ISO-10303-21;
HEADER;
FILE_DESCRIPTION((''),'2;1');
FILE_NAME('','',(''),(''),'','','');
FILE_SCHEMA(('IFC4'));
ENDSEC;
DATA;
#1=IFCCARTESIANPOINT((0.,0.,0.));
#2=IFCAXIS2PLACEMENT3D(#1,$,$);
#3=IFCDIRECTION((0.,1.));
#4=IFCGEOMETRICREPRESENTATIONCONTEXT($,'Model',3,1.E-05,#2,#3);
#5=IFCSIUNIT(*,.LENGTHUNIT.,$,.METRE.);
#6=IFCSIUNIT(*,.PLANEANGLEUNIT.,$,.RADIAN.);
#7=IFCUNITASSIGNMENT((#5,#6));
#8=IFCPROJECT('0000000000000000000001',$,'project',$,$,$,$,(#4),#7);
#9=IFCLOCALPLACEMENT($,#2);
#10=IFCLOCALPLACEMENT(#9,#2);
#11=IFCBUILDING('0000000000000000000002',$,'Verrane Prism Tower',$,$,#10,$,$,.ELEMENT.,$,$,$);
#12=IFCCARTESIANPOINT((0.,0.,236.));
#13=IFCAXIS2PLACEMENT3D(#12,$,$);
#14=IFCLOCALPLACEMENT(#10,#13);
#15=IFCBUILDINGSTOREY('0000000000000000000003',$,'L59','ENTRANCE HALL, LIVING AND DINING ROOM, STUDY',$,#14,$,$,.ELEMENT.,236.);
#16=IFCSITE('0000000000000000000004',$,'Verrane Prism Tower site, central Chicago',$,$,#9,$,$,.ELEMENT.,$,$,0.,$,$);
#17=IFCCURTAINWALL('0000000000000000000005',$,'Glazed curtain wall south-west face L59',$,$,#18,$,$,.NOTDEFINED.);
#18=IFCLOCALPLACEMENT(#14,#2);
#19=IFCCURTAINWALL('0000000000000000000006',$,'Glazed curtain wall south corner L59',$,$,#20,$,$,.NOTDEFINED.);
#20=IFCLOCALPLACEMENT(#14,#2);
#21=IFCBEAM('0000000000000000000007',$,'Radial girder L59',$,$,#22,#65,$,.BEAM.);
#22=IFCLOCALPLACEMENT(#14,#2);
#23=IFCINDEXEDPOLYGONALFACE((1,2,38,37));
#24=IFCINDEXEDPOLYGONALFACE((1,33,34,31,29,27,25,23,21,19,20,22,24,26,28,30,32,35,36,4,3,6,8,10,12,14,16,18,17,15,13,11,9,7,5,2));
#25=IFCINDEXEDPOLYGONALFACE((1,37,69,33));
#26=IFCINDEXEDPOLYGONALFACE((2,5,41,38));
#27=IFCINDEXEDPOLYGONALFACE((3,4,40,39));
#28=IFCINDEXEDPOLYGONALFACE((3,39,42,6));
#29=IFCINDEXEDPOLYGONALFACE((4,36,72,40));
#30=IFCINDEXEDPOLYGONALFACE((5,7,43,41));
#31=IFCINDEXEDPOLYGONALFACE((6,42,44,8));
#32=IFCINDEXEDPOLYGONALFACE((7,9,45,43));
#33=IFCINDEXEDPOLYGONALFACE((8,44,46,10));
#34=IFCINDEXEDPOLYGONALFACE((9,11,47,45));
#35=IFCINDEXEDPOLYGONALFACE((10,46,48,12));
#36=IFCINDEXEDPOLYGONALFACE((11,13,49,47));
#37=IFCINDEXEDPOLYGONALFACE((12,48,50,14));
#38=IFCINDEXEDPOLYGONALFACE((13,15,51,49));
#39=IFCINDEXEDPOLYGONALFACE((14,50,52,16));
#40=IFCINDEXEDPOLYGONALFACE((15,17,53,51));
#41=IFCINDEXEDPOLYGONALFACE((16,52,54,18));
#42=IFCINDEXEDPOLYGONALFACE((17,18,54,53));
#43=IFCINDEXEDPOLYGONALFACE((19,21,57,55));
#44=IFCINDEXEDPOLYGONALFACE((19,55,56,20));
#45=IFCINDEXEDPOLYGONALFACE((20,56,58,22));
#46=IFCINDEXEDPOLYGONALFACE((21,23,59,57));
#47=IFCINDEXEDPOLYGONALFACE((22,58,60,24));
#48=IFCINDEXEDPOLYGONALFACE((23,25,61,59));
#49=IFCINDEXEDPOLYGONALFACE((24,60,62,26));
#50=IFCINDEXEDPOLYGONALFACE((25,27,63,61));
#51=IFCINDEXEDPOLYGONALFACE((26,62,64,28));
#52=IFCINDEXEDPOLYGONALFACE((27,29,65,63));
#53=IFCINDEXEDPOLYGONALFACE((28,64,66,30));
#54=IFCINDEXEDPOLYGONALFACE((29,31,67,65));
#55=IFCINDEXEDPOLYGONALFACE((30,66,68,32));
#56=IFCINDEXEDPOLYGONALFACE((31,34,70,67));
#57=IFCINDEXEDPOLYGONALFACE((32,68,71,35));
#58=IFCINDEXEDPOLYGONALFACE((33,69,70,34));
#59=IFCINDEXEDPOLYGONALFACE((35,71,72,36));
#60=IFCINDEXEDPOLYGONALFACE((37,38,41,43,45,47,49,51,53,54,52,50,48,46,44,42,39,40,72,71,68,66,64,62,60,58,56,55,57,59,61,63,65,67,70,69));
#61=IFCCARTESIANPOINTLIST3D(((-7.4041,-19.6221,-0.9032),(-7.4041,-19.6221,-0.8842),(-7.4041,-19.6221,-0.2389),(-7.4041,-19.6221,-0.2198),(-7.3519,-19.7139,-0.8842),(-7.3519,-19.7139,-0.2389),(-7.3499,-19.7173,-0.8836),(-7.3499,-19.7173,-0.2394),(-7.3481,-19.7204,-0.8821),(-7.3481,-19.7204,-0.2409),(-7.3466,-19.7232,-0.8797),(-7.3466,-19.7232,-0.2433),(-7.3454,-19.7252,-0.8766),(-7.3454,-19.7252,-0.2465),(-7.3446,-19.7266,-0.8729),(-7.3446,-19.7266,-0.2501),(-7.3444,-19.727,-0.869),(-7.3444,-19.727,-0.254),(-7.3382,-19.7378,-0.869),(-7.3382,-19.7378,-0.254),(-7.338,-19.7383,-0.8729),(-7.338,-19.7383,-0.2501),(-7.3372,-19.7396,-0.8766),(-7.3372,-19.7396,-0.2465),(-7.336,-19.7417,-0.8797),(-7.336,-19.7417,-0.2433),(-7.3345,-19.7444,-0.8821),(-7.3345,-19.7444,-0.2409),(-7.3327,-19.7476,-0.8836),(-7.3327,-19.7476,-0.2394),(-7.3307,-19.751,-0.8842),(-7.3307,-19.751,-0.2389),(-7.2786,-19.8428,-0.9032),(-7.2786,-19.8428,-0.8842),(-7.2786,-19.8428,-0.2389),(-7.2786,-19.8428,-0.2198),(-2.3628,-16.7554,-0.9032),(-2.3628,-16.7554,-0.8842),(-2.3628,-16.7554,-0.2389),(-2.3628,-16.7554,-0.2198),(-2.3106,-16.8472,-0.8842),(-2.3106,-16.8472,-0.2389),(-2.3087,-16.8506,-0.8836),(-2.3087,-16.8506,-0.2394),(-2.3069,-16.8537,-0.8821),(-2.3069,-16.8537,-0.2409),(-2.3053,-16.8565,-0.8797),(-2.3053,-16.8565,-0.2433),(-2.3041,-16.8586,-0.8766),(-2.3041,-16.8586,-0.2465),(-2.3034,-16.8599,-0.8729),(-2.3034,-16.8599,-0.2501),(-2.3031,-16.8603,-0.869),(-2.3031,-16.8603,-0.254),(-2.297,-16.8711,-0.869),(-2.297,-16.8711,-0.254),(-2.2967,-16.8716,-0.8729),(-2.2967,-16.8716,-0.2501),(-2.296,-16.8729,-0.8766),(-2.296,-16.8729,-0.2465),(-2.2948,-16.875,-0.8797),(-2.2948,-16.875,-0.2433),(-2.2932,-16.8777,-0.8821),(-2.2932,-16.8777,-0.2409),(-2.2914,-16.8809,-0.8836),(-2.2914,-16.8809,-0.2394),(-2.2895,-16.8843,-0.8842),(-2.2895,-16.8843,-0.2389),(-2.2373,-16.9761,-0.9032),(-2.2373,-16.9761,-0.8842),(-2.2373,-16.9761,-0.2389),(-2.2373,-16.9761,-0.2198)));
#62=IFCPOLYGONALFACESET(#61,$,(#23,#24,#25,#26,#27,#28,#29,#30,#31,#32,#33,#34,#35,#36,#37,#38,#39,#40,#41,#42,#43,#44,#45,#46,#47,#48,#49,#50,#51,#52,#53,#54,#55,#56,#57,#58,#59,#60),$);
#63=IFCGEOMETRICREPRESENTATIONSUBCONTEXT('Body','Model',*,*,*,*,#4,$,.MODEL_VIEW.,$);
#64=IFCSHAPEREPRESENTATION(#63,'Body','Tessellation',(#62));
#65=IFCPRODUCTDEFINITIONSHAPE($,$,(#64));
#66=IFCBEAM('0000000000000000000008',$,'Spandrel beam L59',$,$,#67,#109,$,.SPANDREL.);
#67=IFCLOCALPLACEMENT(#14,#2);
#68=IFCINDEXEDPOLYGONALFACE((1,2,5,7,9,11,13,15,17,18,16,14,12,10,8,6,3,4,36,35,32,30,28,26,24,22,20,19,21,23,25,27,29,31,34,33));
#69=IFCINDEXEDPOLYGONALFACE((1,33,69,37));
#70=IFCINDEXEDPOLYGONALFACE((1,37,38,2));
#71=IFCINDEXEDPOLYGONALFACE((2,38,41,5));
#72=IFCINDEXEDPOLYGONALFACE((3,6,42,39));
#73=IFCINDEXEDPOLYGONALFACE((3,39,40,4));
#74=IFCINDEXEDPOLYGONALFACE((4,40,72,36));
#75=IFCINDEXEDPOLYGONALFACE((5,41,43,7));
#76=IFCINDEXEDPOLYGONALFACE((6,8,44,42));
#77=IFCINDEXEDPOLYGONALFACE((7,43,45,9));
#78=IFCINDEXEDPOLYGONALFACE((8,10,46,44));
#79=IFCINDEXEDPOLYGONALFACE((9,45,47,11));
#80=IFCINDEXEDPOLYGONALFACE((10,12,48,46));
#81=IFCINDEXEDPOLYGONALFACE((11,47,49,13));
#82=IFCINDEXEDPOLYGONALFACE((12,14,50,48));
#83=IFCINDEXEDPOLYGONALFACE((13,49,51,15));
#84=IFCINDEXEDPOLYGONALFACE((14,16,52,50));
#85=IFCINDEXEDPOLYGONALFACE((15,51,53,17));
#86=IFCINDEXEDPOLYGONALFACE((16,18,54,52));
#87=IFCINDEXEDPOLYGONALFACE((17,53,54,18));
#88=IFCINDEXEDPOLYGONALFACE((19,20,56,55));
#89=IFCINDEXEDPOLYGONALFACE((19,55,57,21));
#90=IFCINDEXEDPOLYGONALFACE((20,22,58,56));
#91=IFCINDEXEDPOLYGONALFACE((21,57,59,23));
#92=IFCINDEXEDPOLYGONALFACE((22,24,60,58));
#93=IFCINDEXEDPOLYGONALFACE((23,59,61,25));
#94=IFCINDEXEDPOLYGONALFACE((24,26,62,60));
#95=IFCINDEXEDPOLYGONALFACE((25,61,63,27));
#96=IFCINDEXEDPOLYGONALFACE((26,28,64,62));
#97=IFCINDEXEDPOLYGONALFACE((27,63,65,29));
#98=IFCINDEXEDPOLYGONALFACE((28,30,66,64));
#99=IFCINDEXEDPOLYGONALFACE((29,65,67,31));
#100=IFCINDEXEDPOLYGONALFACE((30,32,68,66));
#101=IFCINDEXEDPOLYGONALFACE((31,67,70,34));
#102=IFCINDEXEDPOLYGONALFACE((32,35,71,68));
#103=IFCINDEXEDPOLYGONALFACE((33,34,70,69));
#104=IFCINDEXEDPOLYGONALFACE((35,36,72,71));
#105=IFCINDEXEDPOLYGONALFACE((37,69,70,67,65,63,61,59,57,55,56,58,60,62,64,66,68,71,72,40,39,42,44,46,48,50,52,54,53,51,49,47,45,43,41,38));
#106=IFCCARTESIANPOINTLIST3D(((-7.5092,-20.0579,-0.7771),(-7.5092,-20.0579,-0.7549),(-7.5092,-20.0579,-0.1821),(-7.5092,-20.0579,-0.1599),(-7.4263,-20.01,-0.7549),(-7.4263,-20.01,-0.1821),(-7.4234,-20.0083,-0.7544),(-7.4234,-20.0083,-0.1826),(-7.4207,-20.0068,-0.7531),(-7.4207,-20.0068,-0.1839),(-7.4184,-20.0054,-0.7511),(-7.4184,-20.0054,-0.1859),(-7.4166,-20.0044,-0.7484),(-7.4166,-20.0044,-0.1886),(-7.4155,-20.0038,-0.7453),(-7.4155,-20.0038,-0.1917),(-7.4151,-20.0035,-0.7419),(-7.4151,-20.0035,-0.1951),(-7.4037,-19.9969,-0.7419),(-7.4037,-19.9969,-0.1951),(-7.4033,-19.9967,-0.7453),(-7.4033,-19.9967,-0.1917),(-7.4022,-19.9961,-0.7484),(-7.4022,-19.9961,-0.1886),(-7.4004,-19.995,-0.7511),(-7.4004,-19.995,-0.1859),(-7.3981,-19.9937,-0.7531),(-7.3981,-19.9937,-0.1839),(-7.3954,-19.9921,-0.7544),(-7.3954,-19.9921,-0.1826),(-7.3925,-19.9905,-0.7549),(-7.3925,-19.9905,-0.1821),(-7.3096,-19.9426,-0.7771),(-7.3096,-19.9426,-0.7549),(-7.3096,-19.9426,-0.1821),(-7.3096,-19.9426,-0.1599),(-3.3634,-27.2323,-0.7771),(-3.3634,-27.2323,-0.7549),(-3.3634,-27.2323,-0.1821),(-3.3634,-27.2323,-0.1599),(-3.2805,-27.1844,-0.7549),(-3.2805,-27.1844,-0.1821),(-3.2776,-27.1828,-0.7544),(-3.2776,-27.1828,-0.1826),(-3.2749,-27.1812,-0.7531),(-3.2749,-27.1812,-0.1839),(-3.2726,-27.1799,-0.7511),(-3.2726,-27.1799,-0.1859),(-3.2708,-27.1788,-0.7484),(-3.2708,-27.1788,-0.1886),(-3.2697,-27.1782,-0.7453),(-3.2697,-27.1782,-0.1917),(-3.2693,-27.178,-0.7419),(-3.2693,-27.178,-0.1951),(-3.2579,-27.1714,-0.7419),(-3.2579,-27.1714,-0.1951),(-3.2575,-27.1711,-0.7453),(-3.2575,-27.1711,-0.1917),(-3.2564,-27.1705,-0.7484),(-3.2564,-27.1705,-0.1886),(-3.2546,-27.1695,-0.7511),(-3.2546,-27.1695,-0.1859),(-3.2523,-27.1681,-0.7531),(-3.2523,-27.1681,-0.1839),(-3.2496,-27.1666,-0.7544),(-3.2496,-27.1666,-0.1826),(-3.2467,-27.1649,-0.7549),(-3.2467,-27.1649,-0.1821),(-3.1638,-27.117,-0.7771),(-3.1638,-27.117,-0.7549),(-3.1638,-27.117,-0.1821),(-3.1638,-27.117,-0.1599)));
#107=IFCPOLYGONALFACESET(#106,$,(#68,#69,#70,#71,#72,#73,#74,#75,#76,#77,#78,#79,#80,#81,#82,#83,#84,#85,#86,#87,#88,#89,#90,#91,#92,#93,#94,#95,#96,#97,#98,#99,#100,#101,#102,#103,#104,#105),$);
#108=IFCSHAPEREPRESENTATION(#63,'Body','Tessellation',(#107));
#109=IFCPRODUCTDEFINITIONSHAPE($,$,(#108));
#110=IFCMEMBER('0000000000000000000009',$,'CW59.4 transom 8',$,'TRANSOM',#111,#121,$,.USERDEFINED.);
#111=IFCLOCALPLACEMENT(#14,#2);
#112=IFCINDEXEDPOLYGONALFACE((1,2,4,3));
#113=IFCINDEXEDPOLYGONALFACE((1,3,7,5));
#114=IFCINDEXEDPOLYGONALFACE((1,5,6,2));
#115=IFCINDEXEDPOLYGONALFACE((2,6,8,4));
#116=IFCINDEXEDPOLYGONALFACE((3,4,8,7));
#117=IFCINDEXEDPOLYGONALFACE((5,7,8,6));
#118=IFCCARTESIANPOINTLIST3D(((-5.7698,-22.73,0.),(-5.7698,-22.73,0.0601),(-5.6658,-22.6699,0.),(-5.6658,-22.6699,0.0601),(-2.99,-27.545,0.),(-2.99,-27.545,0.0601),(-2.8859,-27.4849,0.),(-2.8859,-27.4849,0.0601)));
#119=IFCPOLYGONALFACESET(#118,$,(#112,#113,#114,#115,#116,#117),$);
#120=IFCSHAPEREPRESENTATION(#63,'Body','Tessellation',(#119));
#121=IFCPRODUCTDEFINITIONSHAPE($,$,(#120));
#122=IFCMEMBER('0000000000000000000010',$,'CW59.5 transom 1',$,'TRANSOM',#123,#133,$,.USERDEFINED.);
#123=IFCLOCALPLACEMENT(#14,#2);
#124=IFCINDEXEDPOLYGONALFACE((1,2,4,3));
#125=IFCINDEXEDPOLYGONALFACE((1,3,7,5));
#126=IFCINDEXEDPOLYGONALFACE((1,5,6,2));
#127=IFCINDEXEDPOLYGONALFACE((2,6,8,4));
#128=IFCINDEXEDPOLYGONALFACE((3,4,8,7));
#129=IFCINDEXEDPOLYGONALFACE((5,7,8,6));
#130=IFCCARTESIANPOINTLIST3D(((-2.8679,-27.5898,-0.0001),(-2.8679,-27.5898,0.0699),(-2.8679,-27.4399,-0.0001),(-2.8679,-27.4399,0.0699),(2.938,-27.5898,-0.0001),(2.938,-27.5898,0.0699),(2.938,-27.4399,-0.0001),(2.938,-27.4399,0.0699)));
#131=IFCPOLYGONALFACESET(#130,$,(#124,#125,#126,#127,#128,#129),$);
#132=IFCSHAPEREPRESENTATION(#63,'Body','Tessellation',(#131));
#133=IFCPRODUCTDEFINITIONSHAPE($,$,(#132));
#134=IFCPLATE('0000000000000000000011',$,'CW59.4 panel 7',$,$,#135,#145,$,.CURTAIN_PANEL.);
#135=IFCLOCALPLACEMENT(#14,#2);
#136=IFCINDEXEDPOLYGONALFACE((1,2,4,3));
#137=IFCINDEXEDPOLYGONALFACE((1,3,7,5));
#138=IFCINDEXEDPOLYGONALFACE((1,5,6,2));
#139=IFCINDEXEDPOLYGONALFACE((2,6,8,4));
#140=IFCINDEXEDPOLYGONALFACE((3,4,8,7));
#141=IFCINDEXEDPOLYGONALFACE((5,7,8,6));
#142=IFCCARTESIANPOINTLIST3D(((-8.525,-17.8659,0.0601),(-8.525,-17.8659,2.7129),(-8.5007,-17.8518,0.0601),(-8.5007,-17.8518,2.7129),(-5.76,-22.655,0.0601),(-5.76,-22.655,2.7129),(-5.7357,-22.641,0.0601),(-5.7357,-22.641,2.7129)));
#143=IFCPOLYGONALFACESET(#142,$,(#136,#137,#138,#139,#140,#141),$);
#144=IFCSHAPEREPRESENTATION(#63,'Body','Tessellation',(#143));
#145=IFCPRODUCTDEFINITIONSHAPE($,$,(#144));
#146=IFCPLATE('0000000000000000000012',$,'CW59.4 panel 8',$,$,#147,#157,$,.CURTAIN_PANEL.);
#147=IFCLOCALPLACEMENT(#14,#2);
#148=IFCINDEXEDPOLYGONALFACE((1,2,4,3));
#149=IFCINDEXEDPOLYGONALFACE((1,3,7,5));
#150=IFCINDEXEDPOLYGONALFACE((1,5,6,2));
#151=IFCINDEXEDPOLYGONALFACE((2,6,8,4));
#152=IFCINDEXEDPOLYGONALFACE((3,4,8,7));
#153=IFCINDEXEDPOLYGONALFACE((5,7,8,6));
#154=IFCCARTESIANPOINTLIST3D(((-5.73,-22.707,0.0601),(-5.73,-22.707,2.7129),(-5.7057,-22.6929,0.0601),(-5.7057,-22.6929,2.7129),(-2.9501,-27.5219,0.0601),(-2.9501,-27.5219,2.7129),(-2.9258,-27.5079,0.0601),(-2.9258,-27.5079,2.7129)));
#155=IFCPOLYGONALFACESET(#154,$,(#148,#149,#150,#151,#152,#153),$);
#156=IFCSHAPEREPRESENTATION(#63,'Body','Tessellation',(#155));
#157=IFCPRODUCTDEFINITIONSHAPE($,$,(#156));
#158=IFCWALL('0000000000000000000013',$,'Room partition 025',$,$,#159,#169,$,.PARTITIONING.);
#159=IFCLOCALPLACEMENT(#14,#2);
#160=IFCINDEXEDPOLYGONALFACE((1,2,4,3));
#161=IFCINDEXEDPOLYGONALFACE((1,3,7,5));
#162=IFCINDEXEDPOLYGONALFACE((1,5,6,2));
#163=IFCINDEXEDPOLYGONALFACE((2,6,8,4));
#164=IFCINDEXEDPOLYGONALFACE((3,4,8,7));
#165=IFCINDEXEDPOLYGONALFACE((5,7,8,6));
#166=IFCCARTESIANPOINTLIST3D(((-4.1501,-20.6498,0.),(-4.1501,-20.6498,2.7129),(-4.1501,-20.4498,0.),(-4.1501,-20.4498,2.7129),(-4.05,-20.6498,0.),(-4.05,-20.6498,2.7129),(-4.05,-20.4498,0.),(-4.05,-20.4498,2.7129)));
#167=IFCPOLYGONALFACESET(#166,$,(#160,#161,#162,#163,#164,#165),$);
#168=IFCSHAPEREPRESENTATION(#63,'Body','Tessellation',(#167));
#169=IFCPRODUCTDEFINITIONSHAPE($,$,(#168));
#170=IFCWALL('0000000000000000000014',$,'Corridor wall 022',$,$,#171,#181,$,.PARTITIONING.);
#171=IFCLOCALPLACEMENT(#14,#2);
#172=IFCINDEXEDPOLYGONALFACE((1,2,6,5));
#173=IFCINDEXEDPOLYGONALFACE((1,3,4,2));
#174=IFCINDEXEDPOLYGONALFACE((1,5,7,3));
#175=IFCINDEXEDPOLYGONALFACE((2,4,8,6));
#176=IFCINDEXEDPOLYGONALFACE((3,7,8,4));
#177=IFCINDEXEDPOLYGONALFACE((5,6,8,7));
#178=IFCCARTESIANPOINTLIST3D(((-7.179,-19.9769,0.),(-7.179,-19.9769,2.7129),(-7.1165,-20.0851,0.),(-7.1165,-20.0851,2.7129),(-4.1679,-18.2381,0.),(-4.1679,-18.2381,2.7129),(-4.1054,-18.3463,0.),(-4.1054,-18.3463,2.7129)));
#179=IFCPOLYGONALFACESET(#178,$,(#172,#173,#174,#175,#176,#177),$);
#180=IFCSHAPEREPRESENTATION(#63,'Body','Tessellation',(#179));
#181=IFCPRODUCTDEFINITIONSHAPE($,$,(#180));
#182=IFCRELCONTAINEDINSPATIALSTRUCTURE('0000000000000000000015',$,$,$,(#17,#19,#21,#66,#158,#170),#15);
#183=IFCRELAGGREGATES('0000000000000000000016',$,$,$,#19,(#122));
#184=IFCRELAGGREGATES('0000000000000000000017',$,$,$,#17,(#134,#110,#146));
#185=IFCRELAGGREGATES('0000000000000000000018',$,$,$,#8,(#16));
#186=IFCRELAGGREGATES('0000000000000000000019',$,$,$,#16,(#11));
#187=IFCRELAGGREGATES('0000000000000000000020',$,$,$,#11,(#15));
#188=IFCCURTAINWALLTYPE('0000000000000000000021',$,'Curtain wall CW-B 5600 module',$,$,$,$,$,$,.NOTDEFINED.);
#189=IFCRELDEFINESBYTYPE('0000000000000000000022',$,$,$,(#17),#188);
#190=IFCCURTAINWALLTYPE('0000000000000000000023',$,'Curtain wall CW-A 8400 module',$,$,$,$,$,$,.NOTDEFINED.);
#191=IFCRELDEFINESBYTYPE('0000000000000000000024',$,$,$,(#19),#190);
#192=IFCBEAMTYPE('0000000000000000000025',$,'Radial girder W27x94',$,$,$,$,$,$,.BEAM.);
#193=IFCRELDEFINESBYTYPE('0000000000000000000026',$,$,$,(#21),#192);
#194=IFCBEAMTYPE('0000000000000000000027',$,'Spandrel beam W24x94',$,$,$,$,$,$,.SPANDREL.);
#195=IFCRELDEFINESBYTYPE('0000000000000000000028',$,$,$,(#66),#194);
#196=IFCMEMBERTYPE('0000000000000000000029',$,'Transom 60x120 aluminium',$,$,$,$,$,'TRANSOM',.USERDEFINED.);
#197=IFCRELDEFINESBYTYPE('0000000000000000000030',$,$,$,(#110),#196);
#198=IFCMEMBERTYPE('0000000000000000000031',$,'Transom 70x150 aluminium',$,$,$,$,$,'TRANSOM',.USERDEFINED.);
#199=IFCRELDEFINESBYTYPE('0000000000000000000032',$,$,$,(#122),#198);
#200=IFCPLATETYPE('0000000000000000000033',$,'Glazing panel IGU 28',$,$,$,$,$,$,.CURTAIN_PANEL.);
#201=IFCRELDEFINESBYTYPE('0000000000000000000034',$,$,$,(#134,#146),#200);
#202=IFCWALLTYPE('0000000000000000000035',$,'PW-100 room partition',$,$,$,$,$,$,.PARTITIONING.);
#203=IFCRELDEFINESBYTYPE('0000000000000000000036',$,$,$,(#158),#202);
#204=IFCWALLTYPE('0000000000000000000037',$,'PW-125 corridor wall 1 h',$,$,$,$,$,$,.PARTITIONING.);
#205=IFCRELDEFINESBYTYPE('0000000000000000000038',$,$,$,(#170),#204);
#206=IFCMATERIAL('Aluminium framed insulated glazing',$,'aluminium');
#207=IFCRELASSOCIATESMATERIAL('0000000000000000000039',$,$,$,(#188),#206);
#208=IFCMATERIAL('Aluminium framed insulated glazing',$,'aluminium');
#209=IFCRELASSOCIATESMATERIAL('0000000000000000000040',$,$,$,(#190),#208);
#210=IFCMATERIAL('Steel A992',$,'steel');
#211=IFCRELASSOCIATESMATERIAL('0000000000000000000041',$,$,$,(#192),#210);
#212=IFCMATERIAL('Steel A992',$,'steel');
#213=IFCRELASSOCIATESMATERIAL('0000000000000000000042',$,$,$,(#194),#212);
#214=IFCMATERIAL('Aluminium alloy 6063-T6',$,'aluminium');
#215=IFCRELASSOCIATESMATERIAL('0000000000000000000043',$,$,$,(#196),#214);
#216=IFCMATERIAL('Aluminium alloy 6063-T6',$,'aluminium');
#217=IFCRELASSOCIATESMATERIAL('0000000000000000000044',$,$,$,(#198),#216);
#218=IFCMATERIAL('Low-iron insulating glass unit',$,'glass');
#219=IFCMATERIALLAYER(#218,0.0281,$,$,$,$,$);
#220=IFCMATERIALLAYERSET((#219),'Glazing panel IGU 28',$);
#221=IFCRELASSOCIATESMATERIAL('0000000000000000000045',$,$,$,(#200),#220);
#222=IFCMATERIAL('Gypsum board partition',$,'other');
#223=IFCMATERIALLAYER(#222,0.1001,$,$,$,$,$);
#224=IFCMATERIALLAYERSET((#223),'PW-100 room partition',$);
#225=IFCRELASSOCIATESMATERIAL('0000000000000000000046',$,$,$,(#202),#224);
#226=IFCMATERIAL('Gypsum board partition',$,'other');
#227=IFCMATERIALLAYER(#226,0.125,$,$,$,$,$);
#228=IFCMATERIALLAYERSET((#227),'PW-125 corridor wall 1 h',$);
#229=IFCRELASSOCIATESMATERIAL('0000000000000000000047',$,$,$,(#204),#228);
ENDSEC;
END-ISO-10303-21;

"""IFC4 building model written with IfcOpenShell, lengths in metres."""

from ifc_helpers import new_model, si_unit, direction, frame, frame_2d, origin, origin_2d, place, context, subcontext, project, spatial, rectangle, i_section, extrude, material, layer, layer_set, material_profile, profile_set, type_object, element, aggregate, save


model = new_model("IFC4")

# Units and contexts
model_context = context("Model", 3, precision=1e-05, world=origin(), true_north=direction((0.0, 1.0)))
body_context = subcontext(model_context, "Body", "Model", "MODEL_VIEW")
ifc_project = project(units=[si_unit("LENGTHUNIT", "METRE"), si_unit("PLANEANGLEUNIT", "RADIAN")], contexts=[model_context])

# Site, building, storey
site_placement = place(None, origin())
site = spatial("IfcSite", under=ifc_project, at=site_placement, Name="Verrane Prism Tower site, central Chicago", CompositionType="ELEMENT", RefElevation=0.0)
building_placement = place(site_placement, origin())
building = spatial("IfcBuilding", under=site, at=building_placement, Name="Verrane Prism Tower", CompositionType="ELEMENT")
storey_placement = place(building_placement, frame((0.0, 0.0, 236.0)))
storey = spatial("IfcBuildingStorey", under=building, at=storey_placement, Name="L59", Description="ENTRANCE HALL, LIVING AND DINING ROOM, STUDY", CompositionType="ELEMENT", Elevation=236.0)

# Curtain walls
ifc_material_1 = material(Name="Aluminium framed insulated glazing", Category="aluminium")
curtain_wall_type_1 = type_object("IfcCurtainWallType", Name="Curtain wall CW-B 5600 module", PredefinedType="NOTDEFINED", material=ifc_material_1)
curtain_wall_1_placement = place(storey_placement, origin())
curtain_wall_1 = element("IfcCurtainWall", 1, at=curtain_wall_1_placement, inside=storey, type_object=curtain_wall_type_1, Name="Glazed curtain wall south-west face L59", PredefinedType="NOTDEFINED")
ifc_material_2 = material(Name="Aluminium framed insulated glazing", Category="aluminium")
curtain_wall_type_2 = type_object("IfcCurtainWallType", Name="Curtain wall CW-A 8400 module", PredefinedType="NOTDEFINED", material=ifc_material_2)
curtain_wall_2_placement = place(storey_placement, origin())
curtain_wall_2 = element("IfcCurtainWall", 2, at=curtain_wall_2_placement, inside=storey, type_object=curtain_wall_type_2, Name="Glazed curtain wall south corner L59", PredefinedType="NOTDEFINED")

# Beams
ifc_material_3 = material(Name="Steel A992", Category="steel")
ifc_material_profile_1 = material_profile(ifc_material_3, i_section(OverallWidth=0.2539, OverallDepth=0.6833, WebThickness=0.0125, FlangeThickness=0.019, FilletRadius=0.0151, at=origin_2d()), Name="W27x94")
ifc_profile_set_1 = profile_set([ifc_material_profile_1], Name="Steel A992")
beam_type_1 = type_object("IfcBeamType", Name="Radial girder W27x94", PredefinedType="BEAM", material=ifc_profile_set_1)
beam_1_placement = place(storey_placement, frame((-7.3413, -19.7324, -0.5615), z_axis=(0.869283, 0.494315, 0.0), x_axis=(-0.494315, 0.869283, 0.0)))
element("IfcBeam", 3, at=beam_1_placement, inside=storey, type_object=beam_type_1, Name="Radial girder L59", PredefinedType="BEAM", context=body_context, shape_type="SweptSolid", body=[
    extrude(i_section(OverallWidth=0.2539, OverallDepth=0.6833, WebThickness=0.0125, FlangeThickness=0.019, FilletRadius=0.0151, at=origin_2d()), origin(), (0.0, 0.0, 1.0), 5.7993),
])
ifc_material_4 = material(Name="Steel A992", Category="steel")
ifc_material_profile_2 = material_profile(ifc_material_4, i_section(OverallWidth=0.2305, OverallDepth=0.6172, WebThickness=0.0132, FlangeThickness=0.0222, FilletRadius=0.0129, at=origin_2d()), Name="W24x94")
ifc_profile_set_2 = profile_set([ifc_material_profile_2], Name="Steel A992")
beam_type_2 = type_object("IfcBeamType", Name="Spandrel beam W24x94", PredefinedType="SPANDREL", material=ifc_profile_set_2)
beam_2_placement = place(storey_placement, frame((-7.4094, -20.0002, -0.4685), z_axis=(0.500331, -0.865834, 0.0), x_axis=(0.865834, 0.500331, 0.0)))
element("IfcBeam", 4, at=beam_2_placement, inside=storey, type_object=beam_type_2, Name="Spandrel beam L59", PredefinedType="SPANDREL", context=body_context, shape_type="SweptSolid", body=[
    extrude(i_section(OverallWidth=0.2305, OverallDepth=0.6172, WebThickness=0.0132, FlangeThickness=0.0222, FilletRadius=0.0129, at=origin_2d()), origin(), (0.0, 0.0, 1.0), 8.2861),
])

# Members
ifc_material_5 = material(Name="Aluminium alloy 6063-T6", Category="aluminium")
ifc_material_profile_3 = material_profile(ifc_material_5, rectangle(XDim=0.1201, YDim=0.0601, at=origin_2d()), Name="Transom 60x120 aluminium")
ifc_profile_set_3 = profile_set([ifc_material_profile_3], Name="Aluminium alloy 6063-T6")
member_type_1 = type_object("IfcMemberType", Name="Transom 60x120 aluminium", ElementType="TRANSOM", PredefinedType="USERDEFINED", material=ifc_profile_set_3)
member_1_placement = place(storey_placement, frame((-5.7178, -22.7, 0.03), z_axis=(0.499983, -0.866035, 0.0), x_axis=(0.866035, 0.499983, 0.0)))
member_1 = element("IfcMember", 5, at=member_1_placement, type_object=member_type_1, Name="CW59.4 transom 8", ObjectType="TRANSOM", PredefinedType="USERDEFINED", context=body_context, shape_type="SweptSolid", body=[
    extrude(rectangle(XDim=0.1201, YDim=0.0601, at=origin_2d()), origin(), (0.0, 0.0, 1.0), 5.5598),
])
ifc_material_6 = material(Name="Aluminium alloy 6063-T6", Category="aluminium")
ifc_material_profile_4 = material_profile(ifc_material_6, rectangle(XDim=0.1499, YDim=0.0701, at=origin_2d()), Name="Transom 70x150 aluminium")
ifc_profile_set_4 = profile_set([ifc_material_profile_4], Name="Aluminium alloy 6063-T6")
member_type_2 = type_object("IfcMemberType", Name="Transom 70x150 aluminium", ElementType="TRANSOM", PredefinedType="USERDEFINED", material=ifc_profile_set_4)
member_2_placement = place(storey_placement, frame((-2.8679, -27.5149, 0.0349), z_axis=(1.0, 0.0, 0.0), x_axis=(0.0, 1.0, 0.0)))
member_2 = element("IfcMember", 6, at=member_2_placement, type_object=member_type_2, Name="CW59.5 transom 1", ObjectType="TRANSOM", PredefinedType="USERDEFINED", context=body_context, shape_type="SweptSolid", body=[
    extrude(rectangle(XDim=0.1499, YDim=0.0701, at=origin_2d()), origin(), (0.0, 0.0, 1.0), 5.8059),
])
aggregate(curtain_wall_2, [member_2])

# Plates
ifc_material_7 = material(Name="Low-iron insulating glass unit", Category="glass")
ifc_layer_1 = layer(ifc_material_7, 0.0281)
ifc_layer_set_1 = layer_set([ifc_layer_1], Name="Glazing panel IGU 28")
plate_type = type_object("IfcPlateType", Name="Glazing panel IGU 28", PredefinedType="CURTAIN_PANEL", material=ifc_layer_set_1)
plate_1_placement = place(storey_placement, frame((-7.1304, -20.2534, 0.0601), z_axis=(0.0, 0.0, 1.0), x_axis=(0.499999, -0.866026, 0.0)))
plate_1 = element("IfcPlate", 7, at=plate_1_placement, type_object=plate_type, Name="CW59.4 panel 7", PredefinedType="CURTAIN_PANEL", context=body_context, shape_type="SweptSolid", body=[
    extrude(rectangle(XDim=5.53, YDim=0.0281, at=origin_2d()), origin(), (0.0, 0.0, 1.0), 2.6528),
])
plate_2_placement = place(storey_placement, frame((-4.3279, -25.1074, 0.0601), z_axis=(0.0, 0.0, 1.0), x_axis=(0.499999, -0.866026, 0.0)))
plate_2 = element("IfcPlate", 8, at=plate_2_placement, type_object=plate_type, Name="CW59.4 panel 8", PredefinedType="CURTAIN_PANEL", context=body_context, shape_type="SweptSolid", body=[
    extrude(rectangle(XDim=5.5598, YDim=0.0281, at=origin_2d()), origin(), (0.0, 0.0, 1.0), 2.6528),
])
aggregate(curtain_wall_1, [plate_1, member_1, plate_2])

# Walls
ifc_material_8 = material(Name="Gypsum board partition", Category="other")
ifc_layer_2 = layer(ifc_material_8, 0.1001)
ifc_layer_set_2 = layer_set([ifc_layer_2], Name="PW-100 room partition")
wall_type_1 = type_object("IfcWallType", Name="PW-100 room partition", PredefinedType="PARTITIONING", material=ifc_layer_set_2)
wall_1_placement = place(storey_placement, frame((-4.1001, -20.6499, 0.0), z_axis=(0.0, 0.0, 1.0), x_axis=(0.0, 1.0, 0.0)))
element("IfcWall", 9, at=wall_1_placement, inside=storey, type_object=wall_type_1, Name="Room partition 025", PredefinedType="PARTITIONING", context=body_context, shape_type="SweptSolid", body=[
    extrude(rectangle(XDim=0.2, YDim=0.1001, at=frame_2d((0.1001, 0.0))), origin(), (0.0, 0.0, 1.0), 2.7129),
])
ifc_material_9 = material(Name="Gypsum board partition", Category="other")
ifc_layer_3 = layer(ifc_material_9, 0.125)
ifc_layer_set_3 = layer_set([ifc_layer_3], Name="PW-125 corridor wall 1 h")
wall_type_2 = type_object("IfcWallType", Name="PW-125 corridor wall 1 h", PredefinedType="PARTITIONING", material=ifc_layer_set_3)
wall_2_placement = place(storey_placement, frame((-7.1477, -20.031, 0.0), z_axis=(0.0, 0.0, 1.0), x_axis=(0.865979, 0.500081, 0.0)))
element("IfcWall", 10, at=wall_2_placement, inside=storey, type_object=wall_type_2, Name="Corridor wall 022", PredefinedType="PARTITIONING", context=body_context, shape_type="SweptSolid", body=[
    extrude(rectangle(XDim=3.4771, YDim=0.125, at=frame_2d((1.7385, 0.0))), origin(), (0.0, 0.0, 1.0), 2.7129),
])

save(model, "model.ifc")
